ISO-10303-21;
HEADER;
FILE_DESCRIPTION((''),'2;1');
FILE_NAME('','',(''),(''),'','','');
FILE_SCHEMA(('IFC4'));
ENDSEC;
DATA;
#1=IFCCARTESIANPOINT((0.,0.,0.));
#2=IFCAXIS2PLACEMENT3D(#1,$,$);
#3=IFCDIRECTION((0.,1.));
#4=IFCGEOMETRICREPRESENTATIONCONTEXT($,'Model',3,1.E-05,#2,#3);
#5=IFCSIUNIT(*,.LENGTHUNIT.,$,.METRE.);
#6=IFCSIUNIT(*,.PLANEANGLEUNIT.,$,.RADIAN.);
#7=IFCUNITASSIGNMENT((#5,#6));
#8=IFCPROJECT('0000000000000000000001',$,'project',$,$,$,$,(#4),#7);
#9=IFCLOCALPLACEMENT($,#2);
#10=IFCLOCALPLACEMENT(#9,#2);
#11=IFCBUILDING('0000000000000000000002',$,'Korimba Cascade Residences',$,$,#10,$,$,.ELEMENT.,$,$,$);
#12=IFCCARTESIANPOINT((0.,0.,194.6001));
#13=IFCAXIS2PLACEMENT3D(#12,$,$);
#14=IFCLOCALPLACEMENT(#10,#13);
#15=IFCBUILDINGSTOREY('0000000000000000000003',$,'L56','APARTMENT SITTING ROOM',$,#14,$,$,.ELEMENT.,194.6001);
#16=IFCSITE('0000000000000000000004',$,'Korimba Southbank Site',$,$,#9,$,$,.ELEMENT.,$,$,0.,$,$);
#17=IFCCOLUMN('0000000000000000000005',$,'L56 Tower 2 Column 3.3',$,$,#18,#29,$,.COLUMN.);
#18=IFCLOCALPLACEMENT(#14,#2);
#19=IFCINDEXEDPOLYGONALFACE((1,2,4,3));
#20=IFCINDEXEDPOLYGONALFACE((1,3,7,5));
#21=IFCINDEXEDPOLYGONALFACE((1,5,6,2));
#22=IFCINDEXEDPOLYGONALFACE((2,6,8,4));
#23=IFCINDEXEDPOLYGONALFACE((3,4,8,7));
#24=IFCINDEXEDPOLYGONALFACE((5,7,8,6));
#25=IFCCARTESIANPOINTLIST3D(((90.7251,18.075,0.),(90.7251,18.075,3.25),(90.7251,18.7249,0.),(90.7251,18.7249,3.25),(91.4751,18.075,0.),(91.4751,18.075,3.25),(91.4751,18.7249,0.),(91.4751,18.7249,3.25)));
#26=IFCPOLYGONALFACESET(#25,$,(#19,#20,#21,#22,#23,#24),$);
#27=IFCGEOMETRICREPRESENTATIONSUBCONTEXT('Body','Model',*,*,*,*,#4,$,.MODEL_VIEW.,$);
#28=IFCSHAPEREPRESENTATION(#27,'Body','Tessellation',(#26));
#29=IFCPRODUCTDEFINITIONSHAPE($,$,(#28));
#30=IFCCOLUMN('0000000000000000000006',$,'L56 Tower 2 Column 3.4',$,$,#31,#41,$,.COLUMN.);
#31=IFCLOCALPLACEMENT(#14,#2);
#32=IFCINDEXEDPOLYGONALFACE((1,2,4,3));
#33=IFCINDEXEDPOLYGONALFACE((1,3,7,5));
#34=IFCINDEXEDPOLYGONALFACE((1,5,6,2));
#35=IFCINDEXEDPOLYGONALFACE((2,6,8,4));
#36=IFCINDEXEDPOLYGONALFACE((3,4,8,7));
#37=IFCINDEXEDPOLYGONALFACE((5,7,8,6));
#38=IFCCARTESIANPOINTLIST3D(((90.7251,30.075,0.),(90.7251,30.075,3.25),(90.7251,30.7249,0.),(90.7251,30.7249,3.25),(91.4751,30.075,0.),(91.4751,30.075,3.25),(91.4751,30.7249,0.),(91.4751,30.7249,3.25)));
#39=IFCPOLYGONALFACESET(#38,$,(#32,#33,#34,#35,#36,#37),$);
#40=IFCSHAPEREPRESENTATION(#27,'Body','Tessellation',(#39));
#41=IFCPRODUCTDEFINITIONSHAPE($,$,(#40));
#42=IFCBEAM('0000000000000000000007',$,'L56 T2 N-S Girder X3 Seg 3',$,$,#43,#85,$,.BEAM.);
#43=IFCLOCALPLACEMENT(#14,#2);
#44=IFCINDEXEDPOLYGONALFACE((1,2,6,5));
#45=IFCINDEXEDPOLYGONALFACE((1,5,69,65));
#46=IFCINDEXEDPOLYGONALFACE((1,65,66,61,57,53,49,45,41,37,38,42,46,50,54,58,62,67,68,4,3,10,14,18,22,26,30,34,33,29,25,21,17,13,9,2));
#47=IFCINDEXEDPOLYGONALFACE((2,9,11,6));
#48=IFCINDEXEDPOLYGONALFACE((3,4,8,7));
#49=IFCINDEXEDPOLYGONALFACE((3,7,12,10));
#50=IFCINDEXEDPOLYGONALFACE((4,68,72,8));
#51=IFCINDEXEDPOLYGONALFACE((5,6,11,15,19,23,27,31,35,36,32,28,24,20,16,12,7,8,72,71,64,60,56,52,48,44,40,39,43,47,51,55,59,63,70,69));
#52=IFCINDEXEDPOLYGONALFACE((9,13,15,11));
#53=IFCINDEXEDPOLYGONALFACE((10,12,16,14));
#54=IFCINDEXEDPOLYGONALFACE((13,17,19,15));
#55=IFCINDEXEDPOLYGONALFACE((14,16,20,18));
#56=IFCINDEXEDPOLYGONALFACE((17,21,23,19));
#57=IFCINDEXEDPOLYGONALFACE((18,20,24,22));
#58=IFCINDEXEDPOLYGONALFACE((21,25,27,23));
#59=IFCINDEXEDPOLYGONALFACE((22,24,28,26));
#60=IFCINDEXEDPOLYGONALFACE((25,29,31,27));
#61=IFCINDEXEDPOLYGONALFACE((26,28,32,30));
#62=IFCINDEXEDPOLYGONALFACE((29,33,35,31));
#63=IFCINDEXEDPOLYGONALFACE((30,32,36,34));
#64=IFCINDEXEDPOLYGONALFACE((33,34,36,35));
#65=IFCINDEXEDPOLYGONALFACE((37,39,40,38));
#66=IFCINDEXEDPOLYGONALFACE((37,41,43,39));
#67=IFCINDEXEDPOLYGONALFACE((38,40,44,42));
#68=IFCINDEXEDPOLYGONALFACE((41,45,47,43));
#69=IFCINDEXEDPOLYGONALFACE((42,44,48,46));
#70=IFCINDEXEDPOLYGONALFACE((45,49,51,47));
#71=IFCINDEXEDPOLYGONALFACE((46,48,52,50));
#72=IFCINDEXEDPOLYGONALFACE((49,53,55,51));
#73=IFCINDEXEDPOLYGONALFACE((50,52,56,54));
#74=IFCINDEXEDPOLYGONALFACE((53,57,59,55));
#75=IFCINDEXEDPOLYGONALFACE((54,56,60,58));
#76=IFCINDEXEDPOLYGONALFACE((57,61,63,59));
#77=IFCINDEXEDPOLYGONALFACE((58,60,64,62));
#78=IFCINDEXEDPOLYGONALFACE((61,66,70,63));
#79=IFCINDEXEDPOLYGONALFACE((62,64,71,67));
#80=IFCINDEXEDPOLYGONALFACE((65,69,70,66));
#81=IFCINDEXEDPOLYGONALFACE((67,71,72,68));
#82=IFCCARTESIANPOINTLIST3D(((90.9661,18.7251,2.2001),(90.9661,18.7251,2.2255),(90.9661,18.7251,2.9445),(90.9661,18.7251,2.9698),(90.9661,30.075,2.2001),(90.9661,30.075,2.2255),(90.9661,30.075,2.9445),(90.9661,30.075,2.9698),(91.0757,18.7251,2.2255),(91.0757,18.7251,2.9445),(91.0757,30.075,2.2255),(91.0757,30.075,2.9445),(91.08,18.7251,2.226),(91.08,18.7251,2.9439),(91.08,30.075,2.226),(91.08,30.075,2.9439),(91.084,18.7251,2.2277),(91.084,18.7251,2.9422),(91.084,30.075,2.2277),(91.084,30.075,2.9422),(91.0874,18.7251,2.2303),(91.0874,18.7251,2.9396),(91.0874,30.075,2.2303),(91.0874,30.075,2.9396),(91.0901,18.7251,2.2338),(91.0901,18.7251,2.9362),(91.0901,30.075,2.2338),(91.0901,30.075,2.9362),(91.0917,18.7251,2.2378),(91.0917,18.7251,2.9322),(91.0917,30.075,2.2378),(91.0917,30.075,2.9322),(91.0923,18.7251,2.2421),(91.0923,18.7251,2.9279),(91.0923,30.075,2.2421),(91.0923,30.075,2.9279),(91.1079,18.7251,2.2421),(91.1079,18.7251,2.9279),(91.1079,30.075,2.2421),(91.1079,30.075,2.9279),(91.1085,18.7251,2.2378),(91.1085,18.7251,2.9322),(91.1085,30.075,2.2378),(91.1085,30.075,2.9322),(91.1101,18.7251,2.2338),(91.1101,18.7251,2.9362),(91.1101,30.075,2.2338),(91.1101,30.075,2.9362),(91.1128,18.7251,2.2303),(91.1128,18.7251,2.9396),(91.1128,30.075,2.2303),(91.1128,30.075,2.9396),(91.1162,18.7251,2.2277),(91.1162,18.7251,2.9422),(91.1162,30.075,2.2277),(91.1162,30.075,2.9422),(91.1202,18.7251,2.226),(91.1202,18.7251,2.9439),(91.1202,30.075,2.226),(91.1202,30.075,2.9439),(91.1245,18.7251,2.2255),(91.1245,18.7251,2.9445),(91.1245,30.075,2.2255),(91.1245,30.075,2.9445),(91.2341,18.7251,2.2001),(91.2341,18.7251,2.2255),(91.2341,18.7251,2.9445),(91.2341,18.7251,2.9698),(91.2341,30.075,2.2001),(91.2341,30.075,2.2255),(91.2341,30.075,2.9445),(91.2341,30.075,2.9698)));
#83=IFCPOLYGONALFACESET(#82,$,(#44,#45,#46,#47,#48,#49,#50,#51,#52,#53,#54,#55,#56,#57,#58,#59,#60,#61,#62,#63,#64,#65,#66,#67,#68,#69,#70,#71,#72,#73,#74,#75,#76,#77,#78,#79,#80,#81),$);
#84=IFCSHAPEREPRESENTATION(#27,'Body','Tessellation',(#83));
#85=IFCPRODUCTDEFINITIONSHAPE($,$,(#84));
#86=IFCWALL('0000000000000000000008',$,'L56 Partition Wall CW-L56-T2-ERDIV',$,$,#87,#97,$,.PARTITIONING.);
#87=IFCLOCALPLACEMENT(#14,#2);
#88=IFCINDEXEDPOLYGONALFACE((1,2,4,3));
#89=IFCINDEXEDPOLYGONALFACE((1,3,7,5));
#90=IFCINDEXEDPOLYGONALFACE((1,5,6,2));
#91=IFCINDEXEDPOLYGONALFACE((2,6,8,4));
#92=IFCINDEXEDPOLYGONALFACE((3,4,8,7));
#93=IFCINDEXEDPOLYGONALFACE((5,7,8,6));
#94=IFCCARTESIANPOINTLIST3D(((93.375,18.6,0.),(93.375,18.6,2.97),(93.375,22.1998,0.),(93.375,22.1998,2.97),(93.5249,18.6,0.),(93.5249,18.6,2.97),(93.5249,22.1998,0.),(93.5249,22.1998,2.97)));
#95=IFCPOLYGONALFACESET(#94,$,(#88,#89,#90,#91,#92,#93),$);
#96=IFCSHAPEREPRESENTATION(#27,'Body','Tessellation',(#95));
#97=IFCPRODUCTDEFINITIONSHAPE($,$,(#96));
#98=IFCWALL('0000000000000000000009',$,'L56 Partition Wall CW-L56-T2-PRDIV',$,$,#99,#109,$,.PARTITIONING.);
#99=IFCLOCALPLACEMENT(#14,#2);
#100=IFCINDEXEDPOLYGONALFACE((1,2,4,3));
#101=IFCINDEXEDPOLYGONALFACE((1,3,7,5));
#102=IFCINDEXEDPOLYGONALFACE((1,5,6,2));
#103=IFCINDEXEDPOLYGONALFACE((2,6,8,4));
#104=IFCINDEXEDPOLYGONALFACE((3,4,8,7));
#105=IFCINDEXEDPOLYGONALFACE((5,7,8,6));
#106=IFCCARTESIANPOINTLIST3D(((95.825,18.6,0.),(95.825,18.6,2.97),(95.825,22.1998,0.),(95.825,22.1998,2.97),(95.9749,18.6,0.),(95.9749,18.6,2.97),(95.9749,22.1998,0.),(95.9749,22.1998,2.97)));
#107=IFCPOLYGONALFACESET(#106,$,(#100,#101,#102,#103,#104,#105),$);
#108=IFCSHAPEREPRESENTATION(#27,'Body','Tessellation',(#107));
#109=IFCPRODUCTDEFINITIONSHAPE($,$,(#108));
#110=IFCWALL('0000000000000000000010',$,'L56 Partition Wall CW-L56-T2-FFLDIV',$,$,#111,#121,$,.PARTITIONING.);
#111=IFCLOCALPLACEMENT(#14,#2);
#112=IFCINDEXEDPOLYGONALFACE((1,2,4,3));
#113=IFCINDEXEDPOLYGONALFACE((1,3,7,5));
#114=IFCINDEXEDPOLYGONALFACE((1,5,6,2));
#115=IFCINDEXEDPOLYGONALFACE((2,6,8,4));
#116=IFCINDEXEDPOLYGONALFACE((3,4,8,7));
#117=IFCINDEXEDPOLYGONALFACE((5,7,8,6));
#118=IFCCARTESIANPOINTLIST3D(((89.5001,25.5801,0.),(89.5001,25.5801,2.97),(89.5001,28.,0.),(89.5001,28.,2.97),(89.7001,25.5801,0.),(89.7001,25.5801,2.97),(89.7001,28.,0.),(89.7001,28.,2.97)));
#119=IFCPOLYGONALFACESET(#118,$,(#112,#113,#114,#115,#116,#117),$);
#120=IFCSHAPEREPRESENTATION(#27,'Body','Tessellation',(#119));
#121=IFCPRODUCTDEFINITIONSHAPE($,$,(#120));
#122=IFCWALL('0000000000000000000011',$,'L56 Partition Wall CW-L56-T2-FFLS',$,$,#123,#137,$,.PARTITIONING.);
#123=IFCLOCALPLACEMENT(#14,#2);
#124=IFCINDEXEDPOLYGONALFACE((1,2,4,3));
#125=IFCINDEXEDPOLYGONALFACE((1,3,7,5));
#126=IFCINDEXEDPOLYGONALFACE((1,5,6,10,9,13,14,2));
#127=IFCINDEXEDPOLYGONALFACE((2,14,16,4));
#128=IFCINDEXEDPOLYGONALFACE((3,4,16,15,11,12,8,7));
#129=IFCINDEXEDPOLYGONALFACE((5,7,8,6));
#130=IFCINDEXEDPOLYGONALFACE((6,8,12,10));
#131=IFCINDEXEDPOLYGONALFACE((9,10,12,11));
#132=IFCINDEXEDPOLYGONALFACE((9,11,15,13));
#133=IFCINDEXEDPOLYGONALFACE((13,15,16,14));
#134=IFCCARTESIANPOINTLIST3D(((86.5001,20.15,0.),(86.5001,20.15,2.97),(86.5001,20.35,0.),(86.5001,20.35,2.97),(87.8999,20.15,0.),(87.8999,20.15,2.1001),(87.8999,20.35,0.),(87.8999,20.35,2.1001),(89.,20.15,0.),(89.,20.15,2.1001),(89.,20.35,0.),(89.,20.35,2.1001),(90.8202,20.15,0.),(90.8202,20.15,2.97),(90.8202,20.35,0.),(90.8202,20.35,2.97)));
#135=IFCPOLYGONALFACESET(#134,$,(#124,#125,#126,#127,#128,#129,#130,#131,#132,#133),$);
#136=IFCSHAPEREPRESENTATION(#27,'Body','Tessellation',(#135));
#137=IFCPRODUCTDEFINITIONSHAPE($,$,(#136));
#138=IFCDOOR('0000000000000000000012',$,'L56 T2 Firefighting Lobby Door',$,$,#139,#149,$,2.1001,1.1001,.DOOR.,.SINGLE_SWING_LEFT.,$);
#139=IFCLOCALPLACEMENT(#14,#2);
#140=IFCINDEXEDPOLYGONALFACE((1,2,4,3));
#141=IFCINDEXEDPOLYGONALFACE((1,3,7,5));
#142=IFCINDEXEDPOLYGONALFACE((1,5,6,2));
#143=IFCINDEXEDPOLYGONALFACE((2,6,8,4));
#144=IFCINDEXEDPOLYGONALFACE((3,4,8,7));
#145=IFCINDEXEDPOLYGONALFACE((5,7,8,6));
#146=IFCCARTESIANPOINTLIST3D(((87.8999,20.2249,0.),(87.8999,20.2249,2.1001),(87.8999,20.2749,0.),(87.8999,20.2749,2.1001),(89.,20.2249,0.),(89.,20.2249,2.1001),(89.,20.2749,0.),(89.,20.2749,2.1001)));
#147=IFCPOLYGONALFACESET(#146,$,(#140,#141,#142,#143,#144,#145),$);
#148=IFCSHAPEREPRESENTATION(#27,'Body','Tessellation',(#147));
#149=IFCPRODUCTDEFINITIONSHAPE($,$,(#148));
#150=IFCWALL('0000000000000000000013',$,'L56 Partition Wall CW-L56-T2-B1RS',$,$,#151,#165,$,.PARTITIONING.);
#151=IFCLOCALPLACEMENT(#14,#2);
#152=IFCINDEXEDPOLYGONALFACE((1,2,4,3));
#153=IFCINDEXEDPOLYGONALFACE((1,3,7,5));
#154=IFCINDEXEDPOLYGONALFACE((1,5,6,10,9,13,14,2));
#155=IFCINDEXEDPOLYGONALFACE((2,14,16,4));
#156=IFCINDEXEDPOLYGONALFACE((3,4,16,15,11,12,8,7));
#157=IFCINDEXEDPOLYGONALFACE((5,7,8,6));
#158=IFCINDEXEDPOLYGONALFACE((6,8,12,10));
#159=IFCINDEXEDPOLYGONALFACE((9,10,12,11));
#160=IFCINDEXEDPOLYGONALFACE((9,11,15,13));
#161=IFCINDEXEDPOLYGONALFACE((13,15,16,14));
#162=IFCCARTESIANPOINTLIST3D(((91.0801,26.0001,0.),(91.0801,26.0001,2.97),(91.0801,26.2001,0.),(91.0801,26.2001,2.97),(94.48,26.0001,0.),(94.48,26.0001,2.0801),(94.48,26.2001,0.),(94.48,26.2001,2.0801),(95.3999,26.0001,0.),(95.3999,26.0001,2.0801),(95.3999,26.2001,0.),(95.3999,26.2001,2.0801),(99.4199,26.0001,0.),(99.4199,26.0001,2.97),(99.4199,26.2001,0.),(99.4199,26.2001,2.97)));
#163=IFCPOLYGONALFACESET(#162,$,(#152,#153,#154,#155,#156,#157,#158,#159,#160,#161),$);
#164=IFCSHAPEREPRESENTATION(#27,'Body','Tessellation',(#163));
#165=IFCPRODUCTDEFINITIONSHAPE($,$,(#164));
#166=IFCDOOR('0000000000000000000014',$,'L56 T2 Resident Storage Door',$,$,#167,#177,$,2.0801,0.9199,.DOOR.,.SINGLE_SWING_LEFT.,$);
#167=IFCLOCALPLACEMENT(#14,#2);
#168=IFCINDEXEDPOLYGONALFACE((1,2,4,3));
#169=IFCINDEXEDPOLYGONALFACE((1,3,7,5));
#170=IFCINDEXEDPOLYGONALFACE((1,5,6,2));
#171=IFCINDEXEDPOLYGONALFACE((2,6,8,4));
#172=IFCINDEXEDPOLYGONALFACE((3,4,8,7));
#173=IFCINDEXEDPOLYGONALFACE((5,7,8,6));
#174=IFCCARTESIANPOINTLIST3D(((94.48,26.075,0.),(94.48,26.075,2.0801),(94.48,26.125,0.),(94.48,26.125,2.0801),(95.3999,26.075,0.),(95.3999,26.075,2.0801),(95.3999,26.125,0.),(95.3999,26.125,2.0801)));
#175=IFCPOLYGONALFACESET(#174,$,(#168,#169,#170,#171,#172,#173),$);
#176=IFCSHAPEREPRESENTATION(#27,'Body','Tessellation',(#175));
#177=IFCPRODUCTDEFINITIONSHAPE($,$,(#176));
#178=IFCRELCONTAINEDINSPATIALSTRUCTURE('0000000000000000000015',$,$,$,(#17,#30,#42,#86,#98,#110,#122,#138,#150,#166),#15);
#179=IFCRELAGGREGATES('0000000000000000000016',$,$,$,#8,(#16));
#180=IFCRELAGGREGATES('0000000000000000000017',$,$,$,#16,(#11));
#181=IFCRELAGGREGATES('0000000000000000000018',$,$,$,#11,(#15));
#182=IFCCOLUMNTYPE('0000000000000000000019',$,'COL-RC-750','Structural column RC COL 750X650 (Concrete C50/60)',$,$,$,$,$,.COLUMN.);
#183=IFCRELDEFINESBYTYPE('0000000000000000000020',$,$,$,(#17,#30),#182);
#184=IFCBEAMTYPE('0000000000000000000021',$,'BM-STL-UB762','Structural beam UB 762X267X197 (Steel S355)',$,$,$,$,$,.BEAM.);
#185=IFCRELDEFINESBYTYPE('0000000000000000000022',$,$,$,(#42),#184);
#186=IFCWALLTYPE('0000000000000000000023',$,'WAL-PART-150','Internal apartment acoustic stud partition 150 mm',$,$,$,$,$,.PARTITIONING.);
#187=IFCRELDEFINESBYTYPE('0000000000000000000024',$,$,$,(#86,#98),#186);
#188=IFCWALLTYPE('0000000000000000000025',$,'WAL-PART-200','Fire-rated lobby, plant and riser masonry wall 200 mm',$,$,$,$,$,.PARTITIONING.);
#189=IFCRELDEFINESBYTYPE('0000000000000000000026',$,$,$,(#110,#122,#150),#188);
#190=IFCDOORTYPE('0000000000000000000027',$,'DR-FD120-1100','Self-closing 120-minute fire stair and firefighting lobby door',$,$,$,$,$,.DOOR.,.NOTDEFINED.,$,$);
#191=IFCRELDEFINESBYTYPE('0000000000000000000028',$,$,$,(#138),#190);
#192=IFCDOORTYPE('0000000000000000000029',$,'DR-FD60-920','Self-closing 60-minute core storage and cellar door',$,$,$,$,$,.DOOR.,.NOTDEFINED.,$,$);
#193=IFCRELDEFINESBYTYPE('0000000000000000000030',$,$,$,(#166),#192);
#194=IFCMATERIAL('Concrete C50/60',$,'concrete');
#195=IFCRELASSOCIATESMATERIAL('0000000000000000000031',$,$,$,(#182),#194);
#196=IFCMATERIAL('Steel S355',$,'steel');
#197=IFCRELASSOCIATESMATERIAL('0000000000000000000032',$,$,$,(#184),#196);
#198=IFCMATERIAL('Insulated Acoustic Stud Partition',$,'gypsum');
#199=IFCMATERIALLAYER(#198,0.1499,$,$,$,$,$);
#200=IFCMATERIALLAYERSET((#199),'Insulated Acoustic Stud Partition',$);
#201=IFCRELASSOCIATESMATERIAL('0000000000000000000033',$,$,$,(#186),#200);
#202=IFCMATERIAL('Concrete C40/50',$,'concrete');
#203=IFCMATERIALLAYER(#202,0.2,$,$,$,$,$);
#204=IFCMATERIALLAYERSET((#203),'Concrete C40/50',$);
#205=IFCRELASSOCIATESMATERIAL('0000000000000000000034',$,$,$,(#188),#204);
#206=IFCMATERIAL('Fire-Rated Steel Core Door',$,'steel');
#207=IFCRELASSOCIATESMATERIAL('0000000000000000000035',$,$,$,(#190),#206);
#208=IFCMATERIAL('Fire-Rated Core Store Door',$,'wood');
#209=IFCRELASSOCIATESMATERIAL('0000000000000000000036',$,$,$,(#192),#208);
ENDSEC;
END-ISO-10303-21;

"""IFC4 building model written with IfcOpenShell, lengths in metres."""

from ifc_helpers import new_model, si_unit, direction, frame, frame_2d, origin, origin_2d, place, context, subcontext, project, spatial, rectangle, i_section, extrude, material, layer, layer_set, material_profile, profile_set, type_object, element, fill, save


model = new_model("IFC4")

# Units and contexts
model_context = context("Model", 3, precision=1e-05, world=origin(), true_north=direction((0.0, 1.0)))
body_context = subcontext(model_context, "Body", "Model", "MODEL_VIEW")
ifc_project = project(units=[si_unit("LENGTHUNIT", "METRE"), si_unit("PLANEANGLEUNIT", "RADIAN")], contexts=[model_context])

# Site, building, storey
site_placement = place(None, origin())
site = spatial("IfcSite", under=ifc_project, at=site_placement, Name="Korimba Southbank Site", CompositionType="ELEMENT", RefElevation=0.0)
building_placement = place(site_placement, origin())
building = spatial("IfcBuilding", under=site, at=building_placement, Name="Korimba Cascade Residences", CompositionType="ELEMENT")
storey_placement = place(building_placement, frame((0.0, 0.0, 194.6001)))
storey = spatial("IfcBuildingStorey", under=building, at=storey_placement, Name="L56", Description="APARTMENT SITTING ROOM", CompositionType="ELEMENT", Elevation=194.6001)

# Columns
ifc_material_1 = material(Name="Concrete C50/60", Category="concrete")
ifc_material_profile_1 = material_profile(ifc_material_1, rectangle(XDim=0.75, YDim=0.6499, at=origin_2d()), Name="Concrete C50/60")
ifc_profile_set_1 = profile_set([ifc_material_profile_1], Name="Concrete C50/60")
column_type = type_object("IfcColumnType", Name="COL-RC-750", Description="Structural column RC COL 750X650 (Concrete C50/60)", PredefinedType="COLUMN", material=ifc_profile_set_1)
for number, where, z_axis, x_axis, name in (
    (1, (91.1001, 18.3999, 0.0), (0.0, 0.0, 1.0), (1.0, 0.0, 0.0), "L56 Tower 2 Column 3.3"),
    (2, (91.1001, 30.3999, 0.0), (0.0, 0.0, 1.0), (1.0, 0.0, 0.0), "L56 Tower 2 Column 3.4"),
):
    element("IfcColumn", number, at=place(storey_placement, frame(where, z_axis=z_axis, x_axis=x_axis)), inside=storey, type_object=column_type, Name=name, PredefinedType="COLUMN", context=body_context, shape_type="SweptSolid", body=[
        extrude(rectangle(XDim=0.75, YDim=0.6499, at=origin_2d()), origin(), (0.0, 0.0, 1.0), 3.25),
    ])

# Beam
ifc_material_2 = material(Name="Steel S355", Category="steel")
ifc_material_profile_2 = material_profile(ifc_material_2, i_section(OverallWidth=0.2681, OverallDepth=0.7698, WebThickness=0.0156, FlangeThickness=0.0254, FilletRadius=0.0166, at=origin_2d()), Name="Steel S355")
ifc_profile_set_2 = profile_set([ifc_material_profile_2], Name="Steel S355")
beam_type = type_object("IfcBeamType", Name="BM-STL-UB762", Description="Structural beam UB 762X267X197 (Steel S355)", PredefinedType="BEAM", material=ifc_profile_set_2)
beam_placement = place(storey_placement, frame((91.1001, 18.7251, 2.585), z_axis=(0.0, 1.0, 0.0), x_axis=(-1.0, 0.0, 0.0)))
element("IfcBeam", 3, at=beam_placement, inside=storey, type_object=beam_type, Name="L56 T2 N-S Girder X3 Seg 3", PredefinedType="BEAM", context=body_context, shape_type="SweptSolid", body=[
    extrude(i_section(OverallWidth=0.2681, OverallDepth=0.7698, WebThickness=0.0156, FlangeThickness=0.0254, FilletRadius=0.0166, at=origin_2d()), origin(), (0.0, 0.0, 1.0), 11.3499),
])

# Walls
ifc_material_3 = material(Name="Insulated Acoustic Stud Partition", Category="gypsum")
ifc_layer_1 = layer(ifc_material_3, 0.1499)
ifc_layer_set_1 = layer_set([ifc_layer_1], Name="Insulated Acoustic Stud Partition")
wall_type_1 = type_object("IfcWallType", Name="WAL-PART-150", Description="Internal apartment acoustic stud partition 150 mm", PredefinedType="PARTITIONING", material=ifc_layer_set_1)
for number, where, z_axis, x_axis, name in (
    (4, (93.45, 18.6001, 0.0), (0.0, 0.0, 1.0), (0.0, 1.0, 0.0), "L56 Partition Wall CW-L56-T2-ERDIV"),
    (5, (95.8999, 18.6001, 0.0), (0.0, 0.0, 1.0), (0.0, 1.0, 0.0), "L56 Partition Wall CW-L56-T2-PRDIV"),
):
    element("IfcWall", number, at=place(storey_placement, frame(where, z_axis=z_axis, x_axis=x_axis)), inside=storey, type_object=wall_type_1, Name=name, PredefinedType="PARTITIONING", context=body_context, shape_type="SweptSolid", body=[
        extrude(rectangle(XDim=3.5999, YDim=0.1499, at=frame_2d((1.7998, 0.0))), origin(), (0.0, 0.0, 1.0), 2.97),
    ])
ifc_material_4 = material(Name="Concrete C40/50", Category="concrete")
ifc_layer_2 = layer(ifc_material_4, 0.2)
ifc_layer_set_2 = layer_set([ifc_layer_2], Name="Concrete C40/50")
wall_type_2 = type_object("IfcWallType", Name="WAL-PART-200", Description="Fire-rated lobby, plant and riser masonry wall 200 mm", PredefinedType="PARTITIONING", material=ifc_layer_set_2)
wall_1_placement = place(storey_placement, frame((89.6001, 25.5801, 0.0), z_axis=(0.0, 0.0, 1.0), x_axis=(0.0, 1.0, 0.0)))
element("IfcWall", 6, at=wall_1_placement, inside=storey, type_object=wall_type_2, Name="L56 Partition Wall CW-L56-T2-FFLDIV", PredefinedType="PARTITIONING", context=body_context, shape_type="SweptSolid", body=[
    extrude(rectangle(XDim=2.4199, YDim=0.2, at=frame_2d((1.21, 0.0))), origin(), (0.0, 0.0, 1.0), 2.97),
])

# Walls, openings, doors
wall_2_placement = place(storey_placement, frame((86.5, 20.25, 0.0), z_axis=(0.0, 0.0, 1.0), x_axis=(1.0, 0.0, 0.0)))
wall_2 = element("IfcWall", 7, at=wall_2_placement, inside=storey, type_object=wall_type_2, Name="L56 Partition Wall CW-L56-T2-FFLS", PredefinedType="PARTITIONING", context=body_context, shape_type="SweptSolid", body=[
    extrude(rectangle(XDim=4.3201, YDim=0.2, at=frame_2d((2.1602, 0.0))), origin(), (0.0, 0.0, 1.0), 2.97),
])
opening_1_placement = place(wall_2_placement, frame((1.3999, 0.0, 0.0)))
opening_1 = element("IfcOpeningElement", 8, at=opening_1_placement, cuts=wall_2, PredefinedType="OPENING", context=body_context, shape_type="SweptSolid", body=[
    extrude(rectangle(XDim=1.1001, YDim=2.1001, at=frame_2d((0.55, 1.05))), frame((0.0, 0.1099, 0.0), z_axis=(0.0, -1.0, 0.0), x_axis=(1.0, 0.0, 0.0)), (0.0, 0.0, 1.0), 0.22),
])
ifc_material_5 = material(Name="Fire-Rated Steel Core Door", Category="steel")
door_type_1 = type_object("IfcDoorType", Name="DR-FD120-1100", Description="Self-closing 120-minute fire stair and firefighting lobby door", OperationType="NOTDEFINED", PredefinedType="DOOR", material=ifc_material_5)
door_1_placement = place(opening_1_placement, origin())
door_1 = element("IfcDoor", 9, at=door_1_placement, inside=storey, type_object=door_type_1, Name="L56 T2 Firefighting Lobby Door", OperationType="SINGLE_SWING_LEFT", OverallHeight=2.1001, OverallWidth=1.1001, PredefinedType="DOOR", context=body_context, shape_type="SweptSolid", body=[
    extrude(rectangle(XDim=1.1001, YDim=2.1001, at=frame_2d((0.55, 1.05))), frame((0.0, 0.0249, 0.0), z_axis=(0.0, -1.0, 0.0), x_axis=(1.0, 0.0, 0.0)), (0.0, 0.0, 1.0), 0.05),
])
fill(opening_1, door_1)
wall_3_placement = place(storey_placement, frame((91.0801, 26.1001, 0.0), z_axis=(0.0, 0.0, 1.0), x_axis=(1.0, 0.0, 0.0)))
wall_3 = element("IfcWall", 10, at=wall_3_placement, inside=storey, type_object=wall_type_2, Name="L56 Partition Wall CW-L56-T2-B1RS", PredefinedType="PARTITIONING", context=body_context, shape_type="SweptSolid", body=[
    extrude(rectangle(XDim=8.3398, YDim=0.2, at=frame_2d((4.1699, 0.0))), origin(), (0.0, 0.0, 1.0), 2.97),
])
opening_2_placement = place(wall_3_placement, frame((3.3999, 0.0, 0.0)))
opening_2 = element("IfcOpeningElement", 11, at=opening_2_placement, cuts=wall_3, PredefinedType="OPENING", context=body_context, shape_type="SweptSolid", body=[
    extrude(rectangle(XDim=0.9199, YDim=2.0801, at=frame_2d((0.46, 1.04))), frame((0.0, 0.1099, 0.0), z_axis=(0.0, -1.0, 0.0), x_axis=(1.0, 0.0, 0.0)), (0.0, 0.0, 1.0), 0.22),
])
ifc_material_6 = material(Name="Fire-Rated Core Store Door", Category="wood")
door_type_2 = type_object("IfcDoorType", Name="DR-FD60-920", Description="Self-closing 60-minute core storage and cellar door", OperationType="NOTDEFINED", PredefinedType="DOOR", material=ifc_material_6)
door_2_placement = place(opening_2_placement, origin())
door_2 = element("IfcDoor", 12, at=door_2_placement, inside=storey, type_object=door_type_2, Name="L56 T2 Resident Storage Door", OperationType="SINGLE_SWING_LEFT", OverallHeight=2.0801, OverallWidth=0.9199, PredefinedType="DOOR", context=body_context, shape_type="SweptSolid", body=[
    extrude(rectangle(XDim=0.9199, YDim=2.0801, at=frame_2d((0.46, 1.04))), frame((0.0, 0.0249, 0.0), z_axis=(0.0, -1.0, 0.0), x_axis=(1.0, 0.0, 0.0)), (0.0, 0.0, 1.0), 0.05),
])
fill(opening_2, door_2)

save(model, "model.ifc")
